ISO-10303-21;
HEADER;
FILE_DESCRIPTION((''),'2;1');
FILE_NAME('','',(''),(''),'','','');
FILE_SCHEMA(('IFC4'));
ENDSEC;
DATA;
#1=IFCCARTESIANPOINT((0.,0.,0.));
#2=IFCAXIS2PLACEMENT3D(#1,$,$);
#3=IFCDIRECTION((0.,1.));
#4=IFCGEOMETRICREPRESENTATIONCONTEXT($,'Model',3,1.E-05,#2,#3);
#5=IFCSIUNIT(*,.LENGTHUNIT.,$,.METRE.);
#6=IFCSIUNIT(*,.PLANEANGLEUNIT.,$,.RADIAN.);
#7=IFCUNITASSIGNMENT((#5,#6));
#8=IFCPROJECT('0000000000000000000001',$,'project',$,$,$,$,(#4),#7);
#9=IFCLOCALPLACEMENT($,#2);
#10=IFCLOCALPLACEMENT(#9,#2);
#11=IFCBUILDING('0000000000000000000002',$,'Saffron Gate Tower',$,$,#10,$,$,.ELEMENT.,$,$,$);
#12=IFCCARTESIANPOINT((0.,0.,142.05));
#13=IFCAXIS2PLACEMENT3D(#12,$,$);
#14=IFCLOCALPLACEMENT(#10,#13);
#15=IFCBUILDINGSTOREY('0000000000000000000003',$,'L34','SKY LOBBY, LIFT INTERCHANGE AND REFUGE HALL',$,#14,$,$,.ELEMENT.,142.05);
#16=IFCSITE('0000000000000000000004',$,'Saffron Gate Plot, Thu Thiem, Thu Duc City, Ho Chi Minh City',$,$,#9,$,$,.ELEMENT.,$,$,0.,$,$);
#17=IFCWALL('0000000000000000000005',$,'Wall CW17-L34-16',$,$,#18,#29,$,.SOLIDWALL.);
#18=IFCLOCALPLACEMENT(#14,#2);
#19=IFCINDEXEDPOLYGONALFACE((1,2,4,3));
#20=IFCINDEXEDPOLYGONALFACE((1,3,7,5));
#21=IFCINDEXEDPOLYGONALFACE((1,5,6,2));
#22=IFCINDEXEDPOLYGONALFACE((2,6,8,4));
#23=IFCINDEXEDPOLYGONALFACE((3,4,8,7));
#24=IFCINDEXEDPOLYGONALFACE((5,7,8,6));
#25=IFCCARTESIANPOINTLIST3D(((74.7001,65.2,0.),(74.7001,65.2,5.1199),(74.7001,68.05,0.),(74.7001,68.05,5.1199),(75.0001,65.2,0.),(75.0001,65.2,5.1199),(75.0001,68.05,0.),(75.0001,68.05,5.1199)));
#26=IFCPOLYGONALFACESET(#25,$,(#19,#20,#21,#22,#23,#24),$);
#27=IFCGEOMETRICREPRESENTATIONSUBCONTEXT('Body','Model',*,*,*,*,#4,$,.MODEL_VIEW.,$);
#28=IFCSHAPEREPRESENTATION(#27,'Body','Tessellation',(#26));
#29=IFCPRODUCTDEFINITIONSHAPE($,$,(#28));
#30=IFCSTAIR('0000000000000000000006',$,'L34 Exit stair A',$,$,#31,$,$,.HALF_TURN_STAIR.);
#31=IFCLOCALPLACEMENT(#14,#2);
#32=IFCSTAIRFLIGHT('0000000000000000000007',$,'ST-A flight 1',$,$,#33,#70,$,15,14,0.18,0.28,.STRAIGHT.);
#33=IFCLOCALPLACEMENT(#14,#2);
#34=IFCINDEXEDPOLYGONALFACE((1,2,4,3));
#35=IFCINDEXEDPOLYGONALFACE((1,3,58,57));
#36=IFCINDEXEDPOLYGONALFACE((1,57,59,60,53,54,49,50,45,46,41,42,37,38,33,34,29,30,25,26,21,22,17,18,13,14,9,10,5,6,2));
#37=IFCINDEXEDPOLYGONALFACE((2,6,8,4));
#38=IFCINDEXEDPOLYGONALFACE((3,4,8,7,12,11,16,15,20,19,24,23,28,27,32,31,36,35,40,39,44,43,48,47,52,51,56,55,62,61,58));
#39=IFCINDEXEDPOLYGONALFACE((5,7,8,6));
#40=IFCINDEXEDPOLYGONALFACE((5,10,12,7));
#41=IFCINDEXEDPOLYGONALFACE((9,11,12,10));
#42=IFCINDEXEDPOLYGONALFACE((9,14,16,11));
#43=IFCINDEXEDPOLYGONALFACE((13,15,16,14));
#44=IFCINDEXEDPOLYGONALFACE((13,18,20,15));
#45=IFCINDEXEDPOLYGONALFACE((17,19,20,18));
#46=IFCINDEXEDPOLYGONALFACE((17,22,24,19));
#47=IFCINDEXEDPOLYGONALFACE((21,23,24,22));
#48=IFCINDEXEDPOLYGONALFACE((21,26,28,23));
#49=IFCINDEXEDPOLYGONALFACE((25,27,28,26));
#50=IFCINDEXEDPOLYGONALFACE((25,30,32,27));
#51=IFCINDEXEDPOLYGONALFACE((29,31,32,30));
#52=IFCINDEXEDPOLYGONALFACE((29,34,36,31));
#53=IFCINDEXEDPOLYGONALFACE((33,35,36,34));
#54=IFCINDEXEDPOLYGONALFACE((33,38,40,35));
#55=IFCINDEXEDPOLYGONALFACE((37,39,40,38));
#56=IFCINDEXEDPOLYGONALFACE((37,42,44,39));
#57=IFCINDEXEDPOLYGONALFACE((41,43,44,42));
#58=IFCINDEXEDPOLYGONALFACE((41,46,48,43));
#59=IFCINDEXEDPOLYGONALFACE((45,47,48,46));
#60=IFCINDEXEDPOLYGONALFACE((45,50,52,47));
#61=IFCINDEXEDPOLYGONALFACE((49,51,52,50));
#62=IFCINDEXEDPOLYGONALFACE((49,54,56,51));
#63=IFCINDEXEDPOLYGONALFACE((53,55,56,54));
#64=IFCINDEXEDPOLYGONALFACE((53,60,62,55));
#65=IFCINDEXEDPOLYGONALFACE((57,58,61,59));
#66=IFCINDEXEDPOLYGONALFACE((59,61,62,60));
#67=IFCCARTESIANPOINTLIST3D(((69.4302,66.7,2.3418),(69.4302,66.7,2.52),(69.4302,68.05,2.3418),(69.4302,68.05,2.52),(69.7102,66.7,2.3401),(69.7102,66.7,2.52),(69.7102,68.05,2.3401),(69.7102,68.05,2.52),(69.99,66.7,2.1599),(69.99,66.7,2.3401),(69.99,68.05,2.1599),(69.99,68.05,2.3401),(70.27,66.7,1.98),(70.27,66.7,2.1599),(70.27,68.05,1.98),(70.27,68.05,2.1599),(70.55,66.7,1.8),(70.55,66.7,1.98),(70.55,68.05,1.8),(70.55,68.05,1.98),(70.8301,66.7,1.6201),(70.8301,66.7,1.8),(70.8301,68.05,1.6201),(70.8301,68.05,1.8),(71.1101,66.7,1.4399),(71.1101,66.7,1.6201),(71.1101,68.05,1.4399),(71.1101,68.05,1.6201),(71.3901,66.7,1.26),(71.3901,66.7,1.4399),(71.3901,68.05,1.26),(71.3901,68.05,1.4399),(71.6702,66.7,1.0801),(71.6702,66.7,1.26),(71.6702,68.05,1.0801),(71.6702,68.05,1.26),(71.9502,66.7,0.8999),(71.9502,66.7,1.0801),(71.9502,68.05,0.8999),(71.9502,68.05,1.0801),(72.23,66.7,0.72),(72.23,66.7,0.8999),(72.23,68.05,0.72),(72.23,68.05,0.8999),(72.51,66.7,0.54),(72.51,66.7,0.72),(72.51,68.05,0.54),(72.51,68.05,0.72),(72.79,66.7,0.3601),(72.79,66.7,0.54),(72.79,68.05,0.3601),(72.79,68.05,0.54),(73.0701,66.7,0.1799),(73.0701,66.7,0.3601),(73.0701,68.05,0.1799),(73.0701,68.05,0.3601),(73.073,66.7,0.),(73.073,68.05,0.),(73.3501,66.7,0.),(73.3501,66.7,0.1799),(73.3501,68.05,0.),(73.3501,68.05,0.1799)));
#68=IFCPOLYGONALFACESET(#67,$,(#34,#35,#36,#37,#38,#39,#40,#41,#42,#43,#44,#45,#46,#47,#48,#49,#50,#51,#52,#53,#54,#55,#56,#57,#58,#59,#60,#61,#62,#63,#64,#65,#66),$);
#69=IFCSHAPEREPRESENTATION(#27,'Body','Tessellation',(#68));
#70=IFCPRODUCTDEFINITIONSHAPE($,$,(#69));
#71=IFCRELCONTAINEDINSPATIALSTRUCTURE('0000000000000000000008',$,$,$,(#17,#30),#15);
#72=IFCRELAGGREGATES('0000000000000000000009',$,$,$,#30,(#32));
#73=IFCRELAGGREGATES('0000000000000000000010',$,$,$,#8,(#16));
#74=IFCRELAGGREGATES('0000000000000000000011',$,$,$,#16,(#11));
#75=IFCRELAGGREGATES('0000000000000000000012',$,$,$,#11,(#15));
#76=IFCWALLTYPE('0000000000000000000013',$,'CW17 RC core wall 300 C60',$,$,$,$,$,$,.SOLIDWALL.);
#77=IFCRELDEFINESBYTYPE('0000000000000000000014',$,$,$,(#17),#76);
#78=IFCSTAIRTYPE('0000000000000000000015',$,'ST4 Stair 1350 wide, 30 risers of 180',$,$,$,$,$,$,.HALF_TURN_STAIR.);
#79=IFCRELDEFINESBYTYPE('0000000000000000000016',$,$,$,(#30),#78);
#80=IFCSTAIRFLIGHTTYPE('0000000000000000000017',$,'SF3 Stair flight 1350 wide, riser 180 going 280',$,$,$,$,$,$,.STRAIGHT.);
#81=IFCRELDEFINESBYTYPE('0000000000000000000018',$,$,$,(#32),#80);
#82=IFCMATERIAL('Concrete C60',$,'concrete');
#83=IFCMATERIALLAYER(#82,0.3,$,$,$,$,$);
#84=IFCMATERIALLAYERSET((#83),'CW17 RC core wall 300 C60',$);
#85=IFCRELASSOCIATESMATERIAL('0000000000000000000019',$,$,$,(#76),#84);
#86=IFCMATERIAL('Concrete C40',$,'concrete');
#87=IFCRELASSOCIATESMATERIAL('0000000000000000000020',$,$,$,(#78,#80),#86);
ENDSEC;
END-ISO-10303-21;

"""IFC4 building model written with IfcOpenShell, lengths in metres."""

from ifc_helpers import new_model, si_unit, direction, frame, frame_2d, origin, place, context, subcontext, project, spatial, polyline, rectangle, outline, extrude, material, layer, layer_set, type_object, element, aggregate, save


model = new_model("IFC4")

# Units and contexts
model_context = context("Model", 3, precision=1e-05, world=origin(), true_north=direction((0.0, 1.0)))
body_context = subcontext(model_context, "Body", "Model", "MODEL_VIEW")
ifc_project = project(units=[si_unit("LENGTHUNIT", "METRE"), si_unit("PLANEANGLEUNIT", "RADIAN")], contexts=[model_context])

# Site, building, storey
site_placement = place(None, origin())
site = spatial("IfcSite", under=ifc_project, at=site_placement, Name="Saffron Gate Plot, Thu Thiem, Thu Duc City, Ho Chi Minh City", CompositionType="ELEMENT", RefElevation=0.0)
building_placement = place(site_placement, origin())
building = spatial("IfcBuilding", under=site, at=building_placement, Name="Saffron Gate Tower", CompositionType="ELEMENT")
storey_placement = place(building_placement, frame((0.0, 0.0, 142.05)))
storey = spatial("IfcBuildingStorey", under=building, at=storey_placement, Name="L34", Description="SKY LOBBY, LIFT INTERCHANGE AND REFUGE HALL", CompositionType="ELEMENT", Elevation=142.05)

# Shared definitions
ifc_material_1 = material(Name="Concrete C60", Category="concrete")

# Wall
ifc_layer_1 = layer(ifc_material_1, 0.3)
ifc_layer_set_1 = layer_set([ifc_layer_1], Name="CW17 RC core wall 300 C60")
wall_type_1 = type_object("IfcWallType", Name="CW17 RC core wall 300 C60", PredefinedType="SOLIDWALL", material=ifc_layer_set_1)
wall_1_placement = place(storey_placement, frame((74.8501, 65.2, 0.0), z_axis=(0.0, 0.0, 1.0), x_axis=(0.0, 1.0, 0.0)))
element("IfcWall", 1, at=wall_1_placement, inside=storey, type_object=wall_type_1, Name="Wall CW17-L34-16", PredefinedType="SOLIDWALL", context=body_context, shape_type="SweptSolid", body=[
    extrude(rectangle(XDim=2.8501, YDim=0.3, at=frame_2d((1.425, 0.0))), origin(), (0.0, 0.0, 1.0), 5.1199),
])

# Stair, stair flight
ifc_material_2 = material(Name="Concrete C40", Category="concrete")
stair_type = type_object("IfcStairType", Name="ST4 Stair 1350 wide, 30 risers of 180", PredefinedType="HALF_TURN_STAIR", material=ifc_material_2)
stair_placement = place(storey_placement, origin())
stair = element("IfcStair", 2, at=stair_placement, inside=storey, type_object=stair_type, Name="L34 Exit stair A", PredefinedType="HALF_TURN_STAIR")
stair_flight_type = type_object("IfcStairFlightType", Name="SF3 Stair flight 1350 wide, riser 180 going 280", PredefinedType="STRAIGHT", material=ifc_material_2)
stair_flight_placement = place(storey_placement, frame((73.3501, 67.375, 0.0), z_axis=(0.0, 0.0, 1.0), x_axis=(-1.0, 0.0, 0.0)))
stair_flight = element("IfcStairFlight", 3, at=stair_flight_placement, type_object=stair_flight_type, Name="ST-A flight 1", NumberOfRisers=15, NumberOfTreads=14, PredefinedType="STRAIGHT", RiserHeight=0.18, TreadLength=0.28, context=body_context, shape_type="SweptSolid", body=[
    extrude(outline(polyline([(0.0, 0.0), (0.0, 0.1799), (0.28, 0.1799), (0.28, 0.3601), (0.5601, 0.3601), (0.5601, 0.54), (0.8401, 0.54), (0.8401, 0.72), (1.1201, 0.72), (1.1201, 0.8999), (1.3999, 0.8999), (1.3999, 1.0801), (1.6799, 1.0801), (1.6799, 1.26), (1.96, 1.26), (1.96, 1.4399), (2.24, 1.4399), (2.24, 1.6201), (2.52, 1.6201), (2.52, 1.8), (2.8, 1.8), (2.8, 1.98), (3.0801, 1.98), (3.0801, 2.1599), (3.3601, 2.1599), (3.3601, 2.3401), (3.6399, 2.3401), (3.6399, 2.52), (3.9199, 2.52), (3.9199, 2.7), (3.9199, 2.3418), (0.2771, 0.0), (0.0, 0.0)])), frame((0.0, 0.675, 0.0), z_axis=(0.0, -1.0, 0.0), x_axis=(1.0, 0.0, 0.0)), (0.0, 0.0, 1.0), 1.3501),
])
aggregate(stair, [stair_flight])

save(model, "model.ifc")
